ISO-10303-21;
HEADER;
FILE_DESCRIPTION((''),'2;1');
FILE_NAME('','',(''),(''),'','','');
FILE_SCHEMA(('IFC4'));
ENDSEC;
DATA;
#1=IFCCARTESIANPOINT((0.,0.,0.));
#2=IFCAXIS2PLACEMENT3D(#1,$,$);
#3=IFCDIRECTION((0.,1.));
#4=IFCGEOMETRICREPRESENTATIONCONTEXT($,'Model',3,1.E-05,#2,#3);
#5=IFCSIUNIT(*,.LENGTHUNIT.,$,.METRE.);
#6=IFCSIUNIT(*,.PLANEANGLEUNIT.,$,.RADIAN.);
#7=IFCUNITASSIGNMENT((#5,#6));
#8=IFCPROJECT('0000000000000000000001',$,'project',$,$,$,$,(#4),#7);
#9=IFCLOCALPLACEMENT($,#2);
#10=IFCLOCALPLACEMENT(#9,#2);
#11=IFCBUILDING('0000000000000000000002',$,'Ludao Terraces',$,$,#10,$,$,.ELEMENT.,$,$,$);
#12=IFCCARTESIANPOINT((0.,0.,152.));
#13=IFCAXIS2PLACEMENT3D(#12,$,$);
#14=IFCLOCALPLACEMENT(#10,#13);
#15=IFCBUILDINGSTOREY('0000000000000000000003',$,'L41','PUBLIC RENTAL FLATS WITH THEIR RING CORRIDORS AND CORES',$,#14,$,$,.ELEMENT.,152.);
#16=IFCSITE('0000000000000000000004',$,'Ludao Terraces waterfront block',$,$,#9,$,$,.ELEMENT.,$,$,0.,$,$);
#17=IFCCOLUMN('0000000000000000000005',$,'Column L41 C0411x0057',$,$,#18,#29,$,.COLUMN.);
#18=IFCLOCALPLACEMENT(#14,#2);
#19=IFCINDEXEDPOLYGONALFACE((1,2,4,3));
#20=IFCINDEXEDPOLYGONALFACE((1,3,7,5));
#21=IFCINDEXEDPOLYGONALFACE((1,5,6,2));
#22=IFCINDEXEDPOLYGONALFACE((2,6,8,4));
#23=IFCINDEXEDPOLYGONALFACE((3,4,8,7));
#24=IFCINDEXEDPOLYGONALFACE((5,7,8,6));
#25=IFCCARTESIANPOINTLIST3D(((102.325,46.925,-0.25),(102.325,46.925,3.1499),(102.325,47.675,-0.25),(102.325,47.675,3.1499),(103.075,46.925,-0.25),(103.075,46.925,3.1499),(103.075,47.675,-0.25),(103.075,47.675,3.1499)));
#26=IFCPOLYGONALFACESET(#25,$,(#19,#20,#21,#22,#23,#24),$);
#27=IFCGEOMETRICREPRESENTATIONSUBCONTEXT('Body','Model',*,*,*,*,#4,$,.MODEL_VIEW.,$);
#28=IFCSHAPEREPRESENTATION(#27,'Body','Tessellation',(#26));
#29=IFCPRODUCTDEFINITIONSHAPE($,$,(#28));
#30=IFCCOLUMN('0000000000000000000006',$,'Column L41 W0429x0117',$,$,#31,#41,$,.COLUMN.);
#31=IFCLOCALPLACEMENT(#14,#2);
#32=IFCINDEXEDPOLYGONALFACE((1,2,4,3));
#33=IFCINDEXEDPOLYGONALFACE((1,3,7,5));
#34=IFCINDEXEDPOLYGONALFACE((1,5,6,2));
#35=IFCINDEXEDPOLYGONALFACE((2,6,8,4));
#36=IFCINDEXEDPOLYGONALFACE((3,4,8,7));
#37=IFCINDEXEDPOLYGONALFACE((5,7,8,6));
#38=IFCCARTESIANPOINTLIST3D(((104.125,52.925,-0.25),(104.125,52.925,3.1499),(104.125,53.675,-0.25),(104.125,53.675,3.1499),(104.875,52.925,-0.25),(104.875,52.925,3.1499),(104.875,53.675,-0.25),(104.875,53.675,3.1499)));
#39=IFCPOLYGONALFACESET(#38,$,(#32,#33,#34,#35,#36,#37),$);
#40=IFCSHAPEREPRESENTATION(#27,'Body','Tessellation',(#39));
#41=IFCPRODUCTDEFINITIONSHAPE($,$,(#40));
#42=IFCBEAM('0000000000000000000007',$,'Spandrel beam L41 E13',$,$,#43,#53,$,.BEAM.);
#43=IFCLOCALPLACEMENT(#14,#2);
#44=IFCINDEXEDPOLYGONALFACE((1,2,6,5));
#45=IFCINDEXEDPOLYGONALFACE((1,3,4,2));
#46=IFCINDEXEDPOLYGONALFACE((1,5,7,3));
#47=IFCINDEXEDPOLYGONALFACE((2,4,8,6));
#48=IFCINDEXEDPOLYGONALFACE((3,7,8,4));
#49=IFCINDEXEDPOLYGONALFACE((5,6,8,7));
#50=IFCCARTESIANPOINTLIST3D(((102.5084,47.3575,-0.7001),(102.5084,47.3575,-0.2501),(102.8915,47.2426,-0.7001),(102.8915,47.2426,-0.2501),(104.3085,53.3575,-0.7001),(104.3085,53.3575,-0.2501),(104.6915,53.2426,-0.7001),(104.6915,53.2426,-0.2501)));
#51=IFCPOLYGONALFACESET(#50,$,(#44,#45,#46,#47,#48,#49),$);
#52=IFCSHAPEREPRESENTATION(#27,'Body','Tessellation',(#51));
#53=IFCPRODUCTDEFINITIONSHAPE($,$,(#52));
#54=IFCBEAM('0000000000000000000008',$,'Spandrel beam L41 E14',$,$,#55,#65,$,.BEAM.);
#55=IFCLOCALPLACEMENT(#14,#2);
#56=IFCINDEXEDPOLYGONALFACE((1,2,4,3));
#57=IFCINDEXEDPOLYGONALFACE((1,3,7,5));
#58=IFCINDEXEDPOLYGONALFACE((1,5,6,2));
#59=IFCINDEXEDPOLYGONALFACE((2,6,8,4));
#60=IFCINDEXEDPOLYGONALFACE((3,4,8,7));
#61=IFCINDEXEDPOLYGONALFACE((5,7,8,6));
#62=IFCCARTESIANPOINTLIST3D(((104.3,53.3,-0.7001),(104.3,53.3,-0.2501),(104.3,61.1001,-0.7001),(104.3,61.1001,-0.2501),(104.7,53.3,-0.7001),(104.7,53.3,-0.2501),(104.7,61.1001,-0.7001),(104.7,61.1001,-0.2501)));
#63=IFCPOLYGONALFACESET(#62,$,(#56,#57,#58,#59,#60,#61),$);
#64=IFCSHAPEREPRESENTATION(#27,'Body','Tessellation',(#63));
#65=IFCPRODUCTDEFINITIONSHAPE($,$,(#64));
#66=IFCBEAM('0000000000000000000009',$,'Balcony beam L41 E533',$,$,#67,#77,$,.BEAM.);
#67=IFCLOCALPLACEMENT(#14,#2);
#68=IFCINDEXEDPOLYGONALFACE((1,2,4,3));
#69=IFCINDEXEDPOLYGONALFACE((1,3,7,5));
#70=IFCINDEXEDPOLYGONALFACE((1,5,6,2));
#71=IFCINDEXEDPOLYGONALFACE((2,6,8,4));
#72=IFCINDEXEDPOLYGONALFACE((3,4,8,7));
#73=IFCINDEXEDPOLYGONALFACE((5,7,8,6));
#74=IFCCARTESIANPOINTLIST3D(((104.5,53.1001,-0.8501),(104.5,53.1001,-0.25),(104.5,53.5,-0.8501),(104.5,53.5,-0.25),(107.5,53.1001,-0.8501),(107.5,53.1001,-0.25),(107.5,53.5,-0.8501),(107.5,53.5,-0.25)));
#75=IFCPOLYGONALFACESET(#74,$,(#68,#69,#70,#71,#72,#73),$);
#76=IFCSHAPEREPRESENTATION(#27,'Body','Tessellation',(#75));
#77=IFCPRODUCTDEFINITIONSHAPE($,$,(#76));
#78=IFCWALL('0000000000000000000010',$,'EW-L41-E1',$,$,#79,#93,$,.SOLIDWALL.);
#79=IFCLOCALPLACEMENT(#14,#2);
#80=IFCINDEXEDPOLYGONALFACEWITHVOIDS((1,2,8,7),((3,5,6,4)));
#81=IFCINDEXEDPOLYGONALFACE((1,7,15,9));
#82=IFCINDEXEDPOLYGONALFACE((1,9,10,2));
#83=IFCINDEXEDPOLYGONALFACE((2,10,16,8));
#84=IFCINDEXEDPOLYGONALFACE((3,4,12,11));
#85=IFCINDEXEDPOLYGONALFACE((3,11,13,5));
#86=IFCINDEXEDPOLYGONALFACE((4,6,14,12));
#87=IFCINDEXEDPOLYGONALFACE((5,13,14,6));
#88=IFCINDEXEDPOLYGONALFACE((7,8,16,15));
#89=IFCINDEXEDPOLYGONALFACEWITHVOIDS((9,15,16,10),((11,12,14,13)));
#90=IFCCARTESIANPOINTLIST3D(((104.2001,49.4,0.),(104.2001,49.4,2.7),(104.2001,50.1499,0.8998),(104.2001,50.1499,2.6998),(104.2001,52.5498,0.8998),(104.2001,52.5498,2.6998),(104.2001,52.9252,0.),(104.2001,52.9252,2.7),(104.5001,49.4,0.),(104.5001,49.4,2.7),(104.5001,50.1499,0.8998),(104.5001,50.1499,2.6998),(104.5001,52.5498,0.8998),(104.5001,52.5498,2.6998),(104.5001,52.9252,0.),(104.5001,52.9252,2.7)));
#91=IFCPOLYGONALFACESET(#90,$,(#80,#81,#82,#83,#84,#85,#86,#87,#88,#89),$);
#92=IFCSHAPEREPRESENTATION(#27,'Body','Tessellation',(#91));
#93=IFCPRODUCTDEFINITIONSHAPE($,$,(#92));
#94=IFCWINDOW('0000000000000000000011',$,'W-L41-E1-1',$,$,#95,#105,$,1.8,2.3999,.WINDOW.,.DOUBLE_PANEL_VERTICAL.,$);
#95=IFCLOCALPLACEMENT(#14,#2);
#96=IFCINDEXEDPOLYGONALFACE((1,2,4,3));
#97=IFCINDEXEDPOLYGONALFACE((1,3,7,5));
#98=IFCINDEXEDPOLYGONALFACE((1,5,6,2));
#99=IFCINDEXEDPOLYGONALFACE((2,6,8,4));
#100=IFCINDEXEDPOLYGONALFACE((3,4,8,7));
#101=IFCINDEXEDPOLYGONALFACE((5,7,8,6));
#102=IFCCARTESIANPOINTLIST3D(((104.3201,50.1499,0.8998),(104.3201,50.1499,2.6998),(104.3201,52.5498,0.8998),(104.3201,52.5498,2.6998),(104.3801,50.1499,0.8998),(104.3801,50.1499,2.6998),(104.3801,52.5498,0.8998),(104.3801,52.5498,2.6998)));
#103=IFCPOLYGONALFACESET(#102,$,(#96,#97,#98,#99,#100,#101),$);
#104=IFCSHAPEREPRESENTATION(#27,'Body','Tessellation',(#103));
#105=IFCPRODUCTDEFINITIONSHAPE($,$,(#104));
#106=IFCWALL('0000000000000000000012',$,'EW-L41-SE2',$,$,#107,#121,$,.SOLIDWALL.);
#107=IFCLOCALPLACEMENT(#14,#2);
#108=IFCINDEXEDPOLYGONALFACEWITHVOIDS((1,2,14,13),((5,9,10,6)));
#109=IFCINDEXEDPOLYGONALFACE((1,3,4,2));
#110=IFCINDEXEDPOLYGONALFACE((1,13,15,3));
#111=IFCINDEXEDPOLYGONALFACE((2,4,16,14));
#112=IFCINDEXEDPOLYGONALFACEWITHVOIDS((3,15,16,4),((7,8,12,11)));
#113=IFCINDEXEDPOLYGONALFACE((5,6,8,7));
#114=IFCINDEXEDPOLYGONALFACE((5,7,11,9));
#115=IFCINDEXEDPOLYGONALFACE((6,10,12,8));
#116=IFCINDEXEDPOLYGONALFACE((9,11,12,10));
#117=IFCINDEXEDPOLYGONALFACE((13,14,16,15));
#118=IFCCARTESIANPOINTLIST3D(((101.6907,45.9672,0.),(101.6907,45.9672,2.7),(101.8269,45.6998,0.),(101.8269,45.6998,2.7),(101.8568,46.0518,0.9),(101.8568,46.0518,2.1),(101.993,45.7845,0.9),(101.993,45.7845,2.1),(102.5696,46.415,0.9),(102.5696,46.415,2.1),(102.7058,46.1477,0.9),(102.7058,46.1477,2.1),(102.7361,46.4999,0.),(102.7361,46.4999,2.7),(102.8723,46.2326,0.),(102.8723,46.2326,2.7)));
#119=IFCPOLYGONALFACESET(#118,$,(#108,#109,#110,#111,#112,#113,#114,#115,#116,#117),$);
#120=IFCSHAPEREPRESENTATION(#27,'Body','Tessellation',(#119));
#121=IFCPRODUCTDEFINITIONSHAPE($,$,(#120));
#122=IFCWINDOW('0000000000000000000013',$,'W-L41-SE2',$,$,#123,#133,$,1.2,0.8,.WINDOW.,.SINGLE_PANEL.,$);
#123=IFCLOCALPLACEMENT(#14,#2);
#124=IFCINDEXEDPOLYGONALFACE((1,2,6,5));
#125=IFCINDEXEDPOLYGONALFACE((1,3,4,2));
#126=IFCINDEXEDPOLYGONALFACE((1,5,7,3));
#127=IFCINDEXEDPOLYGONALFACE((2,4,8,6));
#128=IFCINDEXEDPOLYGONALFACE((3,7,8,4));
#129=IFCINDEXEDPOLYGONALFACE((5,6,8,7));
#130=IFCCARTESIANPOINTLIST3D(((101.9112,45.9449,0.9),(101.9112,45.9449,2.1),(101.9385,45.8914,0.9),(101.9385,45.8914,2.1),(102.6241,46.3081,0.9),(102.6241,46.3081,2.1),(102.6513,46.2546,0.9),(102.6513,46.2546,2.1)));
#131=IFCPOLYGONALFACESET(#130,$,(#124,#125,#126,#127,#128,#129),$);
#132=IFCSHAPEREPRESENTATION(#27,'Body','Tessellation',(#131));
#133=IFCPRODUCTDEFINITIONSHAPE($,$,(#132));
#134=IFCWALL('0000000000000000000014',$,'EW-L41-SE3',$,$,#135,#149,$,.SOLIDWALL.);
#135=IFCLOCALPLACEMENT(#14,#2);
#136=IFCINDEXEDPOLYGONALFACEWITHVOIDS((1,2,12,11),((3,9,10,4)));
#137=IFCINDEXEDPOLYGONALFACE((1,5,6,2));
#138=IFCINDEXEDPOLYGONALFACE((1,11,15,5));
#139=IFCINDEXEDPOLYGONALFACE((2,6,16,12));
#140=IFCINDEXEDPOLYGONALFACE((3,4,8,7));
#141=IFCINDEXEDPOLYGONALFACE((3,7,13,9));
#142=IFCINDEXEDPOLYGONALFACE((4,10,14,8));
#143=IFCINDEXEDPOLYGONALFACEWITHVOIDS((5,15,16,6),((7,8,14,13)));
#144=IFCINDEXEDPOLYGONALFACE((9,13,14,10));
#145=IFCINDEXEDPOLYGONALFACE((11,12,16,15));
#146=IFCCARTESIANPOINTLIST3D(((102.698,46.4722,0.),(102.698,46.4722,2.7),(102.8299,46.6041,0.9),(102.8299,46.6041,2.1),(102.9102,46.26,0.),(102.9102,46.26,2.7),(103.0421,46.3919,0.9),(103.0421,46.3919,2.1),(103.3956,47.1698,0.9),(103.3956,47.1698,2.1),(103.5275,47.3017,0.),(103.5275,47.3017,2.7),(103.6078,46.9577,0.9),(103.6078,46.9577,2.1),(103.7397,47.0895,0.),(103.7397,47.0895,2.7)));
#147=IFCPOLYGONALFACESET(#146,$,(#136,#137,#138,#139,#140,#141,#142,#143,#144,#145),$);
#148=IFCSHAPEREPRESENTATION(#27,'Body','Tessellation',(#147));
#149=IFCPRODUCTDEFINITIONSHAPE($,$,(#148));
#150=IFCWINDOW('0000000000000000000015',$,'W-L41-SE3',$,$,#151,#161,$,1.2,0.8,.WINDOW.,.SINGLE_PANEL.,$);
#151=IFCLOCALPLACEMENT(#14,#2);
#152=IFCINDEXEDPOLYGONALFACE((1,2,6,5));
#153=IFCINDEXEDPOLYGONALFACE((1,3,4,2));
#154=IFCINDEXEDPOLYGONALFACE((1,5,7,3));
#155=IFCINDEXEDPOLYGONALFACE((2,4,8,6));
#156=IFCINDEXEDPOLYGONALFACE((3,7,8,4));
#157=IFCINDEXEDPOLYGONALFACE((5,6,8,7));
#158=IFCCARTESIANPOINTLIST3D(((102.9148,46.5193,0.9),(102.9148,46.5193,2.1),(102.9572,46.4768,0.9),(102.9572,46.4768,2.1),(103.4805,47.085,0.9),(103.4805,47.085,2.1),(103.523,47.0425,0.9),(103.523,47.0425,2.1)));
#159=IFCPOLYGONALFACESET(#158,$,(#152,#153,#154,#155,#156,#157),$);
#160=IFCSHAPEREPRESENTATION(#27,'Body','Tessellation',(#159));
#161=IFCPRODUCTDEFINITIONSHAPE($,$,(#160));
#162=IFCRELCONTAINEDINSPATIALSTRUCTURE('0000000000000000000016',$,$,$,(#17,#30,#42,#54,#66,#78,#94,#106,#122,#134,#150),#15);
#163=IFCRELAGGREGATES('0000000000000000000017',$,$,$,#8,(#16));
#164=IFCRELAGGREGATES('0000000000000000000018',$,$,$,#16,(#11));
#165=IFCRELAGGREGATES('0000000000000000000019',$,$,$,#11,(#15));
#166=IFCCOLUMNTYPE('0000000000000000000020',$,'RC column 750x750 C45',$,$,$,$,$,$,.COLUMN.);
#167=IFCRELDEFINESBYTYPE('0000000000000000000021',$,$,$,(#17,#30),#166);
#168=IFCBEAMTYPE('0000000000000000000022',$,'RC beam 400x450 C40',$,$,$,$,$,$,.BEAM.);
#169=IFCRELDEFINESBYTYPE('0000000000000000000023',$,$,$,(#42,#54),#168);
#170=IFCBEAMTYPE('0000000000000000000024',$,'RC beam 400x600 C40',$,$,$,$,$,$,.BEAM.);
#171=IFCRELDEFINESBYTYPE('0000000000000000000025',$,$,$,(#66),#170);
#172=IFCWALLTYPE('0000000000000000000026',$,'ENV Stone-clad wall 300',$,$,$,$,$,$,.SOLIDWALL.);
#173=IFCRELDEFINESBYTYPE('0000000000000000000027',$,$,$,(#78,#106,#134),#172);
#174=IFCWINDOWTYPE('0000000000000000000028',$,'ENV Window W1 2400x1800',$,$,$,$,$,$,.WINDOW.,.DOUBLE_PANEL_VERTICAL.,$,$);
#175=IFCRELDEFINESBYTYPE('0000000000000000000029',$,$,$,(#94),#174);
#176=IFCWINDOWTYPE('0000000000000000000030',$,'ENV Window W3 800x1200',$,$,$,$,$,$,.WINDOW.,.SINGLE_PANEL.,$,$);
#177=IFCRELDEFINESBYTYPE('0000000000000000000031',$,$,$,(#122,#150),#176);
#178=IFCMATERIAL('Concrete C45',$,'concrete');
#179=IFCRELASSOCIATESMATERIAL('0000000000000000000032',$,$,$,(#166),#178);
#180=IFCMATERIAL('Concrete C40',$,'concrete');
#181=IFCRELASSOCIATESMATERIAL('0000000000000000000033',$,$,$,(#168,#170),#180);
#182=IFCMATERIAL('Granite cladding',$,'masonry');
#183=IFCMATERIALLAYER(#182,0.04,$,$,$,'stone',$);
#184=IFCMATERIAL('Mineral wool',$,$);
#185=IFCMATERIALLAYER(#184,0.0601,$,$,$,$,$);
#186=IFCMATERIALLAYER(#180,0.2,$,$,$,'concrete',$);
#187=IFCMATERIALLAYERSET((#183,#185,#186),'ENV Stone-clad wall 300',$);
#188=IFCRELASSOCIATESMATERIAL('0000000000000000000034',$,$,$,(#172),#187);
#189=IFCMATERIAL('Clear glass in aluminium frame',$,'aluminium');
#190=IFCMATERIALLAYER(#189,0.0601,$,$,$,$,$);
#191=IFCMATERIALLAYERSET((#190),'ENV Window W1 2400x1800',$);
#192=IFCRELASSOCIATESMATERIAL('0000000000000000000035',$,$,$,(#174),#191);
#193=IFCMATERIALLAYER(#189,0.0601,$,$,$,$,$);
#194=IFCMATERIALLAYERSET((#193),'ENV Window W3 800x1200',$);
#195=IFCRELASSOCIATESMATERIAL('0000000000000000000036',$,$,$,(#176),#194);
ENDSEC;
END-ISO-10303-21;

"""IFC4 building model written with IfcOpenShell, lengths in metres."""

from ifc_helpers import new_model, si_unit, direction, frame, frame_2d, origin, origin_2d, place, context, subcontext, project, spatial, rectangle, extrude, material, layer, layer_set, material_profile, profile_set, type_object, element, fill, save


model = new_model("IFC4")

# Units and contexts
model_context = context("Model", 3, precision=1e-05, world=origin(), true_north=direction((0.0, 1.0)))
body_context = subcontext(model_context, "Body", "Model", "MODEL_VIEW")
ifc_project = project(units=[si_unit("LENGTHUNIT", "METRE"), si_unit("PLANEANGLEUNIT", "RADIAN")], contexts=[model_context])

# Site, building, storey
site_placement = place(None, origin())
site = spatial("IfcSite", under=ifc_project, at=site_placement, Name="Ludao Terraces waterfront block", CompositionType="ELEMENT", RefElevation=0.0)
building_placement = place(site_placement, origin())
building = spatial("IfcBuilding", under=site, at=building_placement, Name="Ludao Terraces", CompositionType="ELEMENT")
storey_placement = place(building_placement, frame((0.0, 0.0, 152.0)))
storey = spatial("IfcBuildingStorey", under=building, at=storey_placement, Name="L41", Description="PUBLIC RENTAL FLATS WITH THEIR RING CORRIDORS AND CORES", CompositionType="ELEMENT", Elevation=152.0)

# Columns
ifc_material_1 = material(Name="Concrete C45", Category="concrete")
ifc_material_profile_1 = material_profile(ifc_material_1, rectangle(XDim=0.75, YDim=0.75, at=origin_2d()), Name="750 X 750")
ifc_profile_set_1 = profile_set([ifc_material_profile_1], Name="Concrete C45")
column_type = type_object("IfcColumnType", Name="RC column 750x750 C45", PredefinedType="COLUMN", material=ifc_profile_set_1)
for number, where, z_axis, x_axis, name in (
    (1, (102.7, 47.3, -0.25), (0.0, 0.0, 1.0), (1.0, 0.0, 0.0), "Column L41 C0411x0057"),
    (2, (104.5, 53.3, -0.25), (0.0, 0.0, 1.0), (1.0, 0.0, 0.0), "Column L41 W0429x0117"),
):
    element("IfcColumn", number, at=place(storey_placement, frame(where, z_axis=z_axis, x_axis=x_axis)), inside=storey, type_object=column_type, Name=name, PredefinedType="COLUMN", context=body_context, shape_type="SweptSolid", body=[
        extrude(rectangle(XDim=0.75, YDim=0.75, at=origin_2d()), origin(), (0.0, 0.0, 1.0), 3.3999),
    ])

# Beams
ifc_material_2 = material(Name="Concrete C40", Category="concrete")
ifc_material_profile_2 = material_profile(ifc_material_2, rectangle(XDim=0.3999, YDim=0.45, at=origin_2d()), Name="400 X 450")
ifc_profile_set_2 = profile_set([ifc_material_profile_2], Name="Concrete C40")
beam_type_1 = type_object("IfcBeamType", Name="RC beam 400x450 C40", PredefinedType="BEAM", material=ifc_profile_set_2)
beam_1_placement = place(storey_placement, frame((102.7, 47.3, -0.4751), z_axis=(0.287355, 0.957824, 0.0), x_axis=(-0.957824, 0.287355, 0.0)))
element("IfcBeam", 3, at=beam_1_placement, inside=storey, type_object=beam_type_1, Name="Spandrel beam L41 E13", PredefinedType="BEAM", context=body_context, shape_type="SweptSolid", body=[
    extrude(rectangle(XDim=0.3999, YDim=0.45, at=origin_2d()), origin(), (0.0, 0.0, 1.0), 6.2642),
])
beam_2_placement = place(storey_placement, frame((104.5, 53.3, -0.4751), z_axis=(0.0, 1.0, 0.0), x_axis=(-1.0, 0.0, 0.0)))
element("IfcBeam", 4, at=beam_2_placement, inside=storey, type_object=beam_type_1, Name="Spandrel beam L41 E14", PredefinedType="BEAM", context=body_context, shape_type="SweptSolid", body=[
    extrude(rectangle(XDim=0.3999, YDim=0.45, at=origin_2d()), origin(), (0.0, 0.0, 1.0), 7.8),
])
ifc_material_profile_3 = material_profile(ifc_material_2, rectangle(XDim=0.3999, YDim=0.6001, at=origin_2d()), Name="400 X 600")
ifc_profile_set_3 = profile_set([ifc_material_profile_3], Name="Concrete C40")
beam_type_2 = type_object("IfcBeamType", Name="RC beam 400x600 C40", PredefinedType="BEAM", material=ifc_profile_set_3)
beam_3_placement = place(storey_placement, frame((104.5, 53.3, -0.55), z_axis=(1.0, 0.0, 0.0), x_axis=(0.0, 1.0, 0.0)))
element("IfcBeam", 5, at=beam_3_placement, inside=storey, type_object=beam_type_2, Name="Balcony beam L41 E533", PredefinedType="BEAM", context=body_context, shape_type="SweptSolid", body=[
    extrude(rectangle(XDim=0.3999, YDim=0.6001, at=origin_2d()), origin(), (0.0, 0.0, 1.0), 3.0),
])

# Walls, openings, windows
ifc_material_3 = material(Name="Granite cladding", Category="masonry")
ifc_layer_1 = layer(ifc_material_3, 0.04, Category="stone")
ifc_material_4 = material(Name="Mineral wool")
ifc_layer_2 = layer(ifc_material_4, 0.0601)
ifc_layer_3 = layer(ifc_material_2, 0.2, Category="concrete")
ifc_layer_set_1 = layer_set([ifc_layer_1, ifc_layer_2, ifc_layer_3], Name="ENV Stone-clad wall 300")
wall_type = type_object("IfcWallType", Name="ENV Stone-clad wall 300", PredefinedType="SOLIDWALL", material=ifc_layer_set_1)
wall_1_placement = place(storey_placement, frame((104.3501, 49.3999, 0.0), z_axis=(0.0, 0.0, 1.0), x_axis=(0.0, 1.0, 0.0)))
wall_1 = element("IfcWall", 6, at=wall_1_placement, inside=storey, type_object=wall_type, Name="EW-L41-E1", PredefinedType="SOLIDWALL", context=body_context, shape_type="SweptSolid", body=[
    extrude(rectangle(XDim=3.5251, YDim=0.3, at=frame_2d((1.7627, 0.0))), origin(), (0.0, 0.0, 1.0), 2.7),
])
opening_1_placement = place(wall_1_placement, frame((0.75, 0.0, 0.8999)))
opening_1 = element("IfcOpeningElement", 7, at=opening_1_placement, cuts=wall_1, PredefinedType="OPENING", context=body_context, shape_type="SweptSolid", body=[
    extrude(rectangle(XDim=2.3999, YDim=1.8, at=frame_2d((1.2, 0.8999))), frame((0.0, 0.1602, 0.0), z_axis=(0.0, -1.0, 0.0), x_axis=(1.0, 0.0, 0.0)), (0.0, 0.0, 1.0), 0.3201),
])
ifc_material_5 = material(Name="Clear glass in aluminium frame", Category="aluminium")
ifc_layer_4 = layer(ifc_material_5, 0.0601)
ifc_layer_set_2 = layer_set([ifc_layer_4], Name="ENV Window W1 2400x1800")
window_type_1 = type_object("IfcWindowType", Name="ENV Window W1 2400x1800", PartitioningType="DOUBLE_PANEL_VERTICAL", PredefinedType="WINDOW", material=ifc_layer_set_2)
window_1_placement = place(opening_1_placement, origin())
window_1 = element("IfcWindow", 8, at=window_1_placement, inside=storey, type_object=window_type_1, Name="W-L41-E1-1", OverallHeight=1.8, OverallWidth=2.3999, PartitioningType="DOUBLE_PANEL_VERTICAL", PredefinedType="WINDOW", context=body_context, shape_type="SweptSolid", body=[
    extrude(rectangle(XDim=2.3999, YDim=1.8, at=frame_2d((1.2, 0.8999))), frame((0.0, 0.03, 0.0), z_axis=(0.0, -1.0, 0.0), x_axis=(1.0, 0.0, 0.0)), (0.0, 0.0, 1.0), 0.0601),
])
fill(opening_1, window_1)
wall_2_placement = place(storey_placement, frame((101.7588, 45.8335, 0.0), z_axis=(0.0, 0.0, 1.0), x_axis=(0.890989, 0.454026, 0.0)))
wall_2 = element("IfcWall", 9, at=wall_2_placement, inside=storey, type_object=wall_type, Name="EW-L41-SE2", PredefinedType="SOLIDWALL", context=body_context, shape_type="SweptSolid", body=[
    extrude(rectangle(XDim=1.1733, YDim=0.3, at=frame_2d((0.5867, 0.0))), origin(), (0.0, 0.0, 1.0), 2.7),
])
opening_2_placement = place(wall_2_placement, frame((0.1865, 0.0, 0.8999)))
opening_2 = element("IfcOpeningElement", 10, at=opening_2_placement, cuts=wall_2, PredefinedType="OPENING", context=body_context, shape_type="SweptSolid", body=[
    extrude(rectangle(XDim=0.8, YDim=1.2, at=frame_2d((0.3999, 0.6001))), frame((0.0, 0.1602, 0.0), z_axis=(0.0, -1.0, 0.0), x_axis=(1.0, 0.0, 0.0)), (0.0, 0.0, 1.0), 0.3201),
])
ifc_layer_5 = layer(ifc_material_5, 0.0601)
ifc_layer_set_3 = layer_set([ifc_layer_5], Name="ENV Window W3 800x1200")
window_type_2 = type_object("IfcWindowType", Name="ENV Window W3 800x1200", PartitioningType="SINGLE_PANEL", PredefinedType="WINDOW", material=ifc_layer_set_3)
window_2_placement = place(opening_2_placement, origin())
window_2 = element("IfcWindow", 11, at=window_2_placement, inside=storey, type_object=window_type_2, Name="W-L41-SE2", OverallHeight=1.2, OverallWidth=0.8, PartitioningType="SINGLE_PANEL", PredefinedType="WINDOW", context=body_context, shape_type="SweptSolid", body=[
    extrude(rectangle(XDim=0.8, YDim=1.2, at=frame_2d((0.3999, 0.6001))), frame((0.0, 0.03, 0.0), z_axis=(0.0, -1.0, 0.0), x_axis=(1.0, 0.0, 0.0)), (0.0, 0.0, 1.0), 0.0601),
])
fill(opening_2, window_2)
wall_3_placement = place(storey_placement, frame((102.8042, 46.3662, 0.0), z_axis=(0.0, 0.0, 1.0), x_axis=(0.707107, 0.707107, 0.0)))
wall_3 = element("IfcWall", 12, at=wall_3_placement, inside=storey, type_object=wall_type, Name="EW-L41-SE3", PredefinedType="SOLIDWALL", context=body_context, shape_type="SweptSolid", body=[
    extrude(rectangle(XDim=1.1731, YDim=0.3, at=frame_2d((0.5864, 0.0))), origin(), (0.0, 0.0, 1.0), 2.7),
])
opening_3_placement = place(wall_3_placement, frame((0.1865, 0.0, 0.8999)))
opening_3 = element("IfcOpeningElement", 13, at=opening_3_placement, cuts=wall_3, PredefinedType="OPENING", context=body_context, shape_type="SweptSolid", body=[
    extrude(rectangle(XDim=0.8, YDim=1.2, at=frame_2d((0.3999, 0.6001))), frame((0.0, 0.1602, 0.0), z_axis=(0.0, -1.0, 0.0), x_axis=(1.0, 0.0, 0.0)), (0.0, 0.0, 1.0), 0.3201),
])
window_3_placement = place(opening_3_placement, origin())
window_3 = element("IfcWindow", 14, at=window_3_placement, inside=storey, type_object=window_type_2, Name="W-L41-SE3", OverallHeight=1.2, OverallWidth=0.8, PartitioningType="SINGLE_PANEL", PredefinedType="WINDOW", context=body_context, shape_type="SweptSolid", body=[
    extrude(rectangle(XDim=0.8, YDim=1.2, at=frame_2d((0.3999, 0.6001))), frame((0.0, 0.03, 0.0), z_axis=(0.0, -1.0, 0.0), x_axis=(1.0, 0.0, 0.0)), (0.0, 0.0, 1.0), 0.0601),
])
fill(opening_3, window_3)

save(model, "model.ifc")
